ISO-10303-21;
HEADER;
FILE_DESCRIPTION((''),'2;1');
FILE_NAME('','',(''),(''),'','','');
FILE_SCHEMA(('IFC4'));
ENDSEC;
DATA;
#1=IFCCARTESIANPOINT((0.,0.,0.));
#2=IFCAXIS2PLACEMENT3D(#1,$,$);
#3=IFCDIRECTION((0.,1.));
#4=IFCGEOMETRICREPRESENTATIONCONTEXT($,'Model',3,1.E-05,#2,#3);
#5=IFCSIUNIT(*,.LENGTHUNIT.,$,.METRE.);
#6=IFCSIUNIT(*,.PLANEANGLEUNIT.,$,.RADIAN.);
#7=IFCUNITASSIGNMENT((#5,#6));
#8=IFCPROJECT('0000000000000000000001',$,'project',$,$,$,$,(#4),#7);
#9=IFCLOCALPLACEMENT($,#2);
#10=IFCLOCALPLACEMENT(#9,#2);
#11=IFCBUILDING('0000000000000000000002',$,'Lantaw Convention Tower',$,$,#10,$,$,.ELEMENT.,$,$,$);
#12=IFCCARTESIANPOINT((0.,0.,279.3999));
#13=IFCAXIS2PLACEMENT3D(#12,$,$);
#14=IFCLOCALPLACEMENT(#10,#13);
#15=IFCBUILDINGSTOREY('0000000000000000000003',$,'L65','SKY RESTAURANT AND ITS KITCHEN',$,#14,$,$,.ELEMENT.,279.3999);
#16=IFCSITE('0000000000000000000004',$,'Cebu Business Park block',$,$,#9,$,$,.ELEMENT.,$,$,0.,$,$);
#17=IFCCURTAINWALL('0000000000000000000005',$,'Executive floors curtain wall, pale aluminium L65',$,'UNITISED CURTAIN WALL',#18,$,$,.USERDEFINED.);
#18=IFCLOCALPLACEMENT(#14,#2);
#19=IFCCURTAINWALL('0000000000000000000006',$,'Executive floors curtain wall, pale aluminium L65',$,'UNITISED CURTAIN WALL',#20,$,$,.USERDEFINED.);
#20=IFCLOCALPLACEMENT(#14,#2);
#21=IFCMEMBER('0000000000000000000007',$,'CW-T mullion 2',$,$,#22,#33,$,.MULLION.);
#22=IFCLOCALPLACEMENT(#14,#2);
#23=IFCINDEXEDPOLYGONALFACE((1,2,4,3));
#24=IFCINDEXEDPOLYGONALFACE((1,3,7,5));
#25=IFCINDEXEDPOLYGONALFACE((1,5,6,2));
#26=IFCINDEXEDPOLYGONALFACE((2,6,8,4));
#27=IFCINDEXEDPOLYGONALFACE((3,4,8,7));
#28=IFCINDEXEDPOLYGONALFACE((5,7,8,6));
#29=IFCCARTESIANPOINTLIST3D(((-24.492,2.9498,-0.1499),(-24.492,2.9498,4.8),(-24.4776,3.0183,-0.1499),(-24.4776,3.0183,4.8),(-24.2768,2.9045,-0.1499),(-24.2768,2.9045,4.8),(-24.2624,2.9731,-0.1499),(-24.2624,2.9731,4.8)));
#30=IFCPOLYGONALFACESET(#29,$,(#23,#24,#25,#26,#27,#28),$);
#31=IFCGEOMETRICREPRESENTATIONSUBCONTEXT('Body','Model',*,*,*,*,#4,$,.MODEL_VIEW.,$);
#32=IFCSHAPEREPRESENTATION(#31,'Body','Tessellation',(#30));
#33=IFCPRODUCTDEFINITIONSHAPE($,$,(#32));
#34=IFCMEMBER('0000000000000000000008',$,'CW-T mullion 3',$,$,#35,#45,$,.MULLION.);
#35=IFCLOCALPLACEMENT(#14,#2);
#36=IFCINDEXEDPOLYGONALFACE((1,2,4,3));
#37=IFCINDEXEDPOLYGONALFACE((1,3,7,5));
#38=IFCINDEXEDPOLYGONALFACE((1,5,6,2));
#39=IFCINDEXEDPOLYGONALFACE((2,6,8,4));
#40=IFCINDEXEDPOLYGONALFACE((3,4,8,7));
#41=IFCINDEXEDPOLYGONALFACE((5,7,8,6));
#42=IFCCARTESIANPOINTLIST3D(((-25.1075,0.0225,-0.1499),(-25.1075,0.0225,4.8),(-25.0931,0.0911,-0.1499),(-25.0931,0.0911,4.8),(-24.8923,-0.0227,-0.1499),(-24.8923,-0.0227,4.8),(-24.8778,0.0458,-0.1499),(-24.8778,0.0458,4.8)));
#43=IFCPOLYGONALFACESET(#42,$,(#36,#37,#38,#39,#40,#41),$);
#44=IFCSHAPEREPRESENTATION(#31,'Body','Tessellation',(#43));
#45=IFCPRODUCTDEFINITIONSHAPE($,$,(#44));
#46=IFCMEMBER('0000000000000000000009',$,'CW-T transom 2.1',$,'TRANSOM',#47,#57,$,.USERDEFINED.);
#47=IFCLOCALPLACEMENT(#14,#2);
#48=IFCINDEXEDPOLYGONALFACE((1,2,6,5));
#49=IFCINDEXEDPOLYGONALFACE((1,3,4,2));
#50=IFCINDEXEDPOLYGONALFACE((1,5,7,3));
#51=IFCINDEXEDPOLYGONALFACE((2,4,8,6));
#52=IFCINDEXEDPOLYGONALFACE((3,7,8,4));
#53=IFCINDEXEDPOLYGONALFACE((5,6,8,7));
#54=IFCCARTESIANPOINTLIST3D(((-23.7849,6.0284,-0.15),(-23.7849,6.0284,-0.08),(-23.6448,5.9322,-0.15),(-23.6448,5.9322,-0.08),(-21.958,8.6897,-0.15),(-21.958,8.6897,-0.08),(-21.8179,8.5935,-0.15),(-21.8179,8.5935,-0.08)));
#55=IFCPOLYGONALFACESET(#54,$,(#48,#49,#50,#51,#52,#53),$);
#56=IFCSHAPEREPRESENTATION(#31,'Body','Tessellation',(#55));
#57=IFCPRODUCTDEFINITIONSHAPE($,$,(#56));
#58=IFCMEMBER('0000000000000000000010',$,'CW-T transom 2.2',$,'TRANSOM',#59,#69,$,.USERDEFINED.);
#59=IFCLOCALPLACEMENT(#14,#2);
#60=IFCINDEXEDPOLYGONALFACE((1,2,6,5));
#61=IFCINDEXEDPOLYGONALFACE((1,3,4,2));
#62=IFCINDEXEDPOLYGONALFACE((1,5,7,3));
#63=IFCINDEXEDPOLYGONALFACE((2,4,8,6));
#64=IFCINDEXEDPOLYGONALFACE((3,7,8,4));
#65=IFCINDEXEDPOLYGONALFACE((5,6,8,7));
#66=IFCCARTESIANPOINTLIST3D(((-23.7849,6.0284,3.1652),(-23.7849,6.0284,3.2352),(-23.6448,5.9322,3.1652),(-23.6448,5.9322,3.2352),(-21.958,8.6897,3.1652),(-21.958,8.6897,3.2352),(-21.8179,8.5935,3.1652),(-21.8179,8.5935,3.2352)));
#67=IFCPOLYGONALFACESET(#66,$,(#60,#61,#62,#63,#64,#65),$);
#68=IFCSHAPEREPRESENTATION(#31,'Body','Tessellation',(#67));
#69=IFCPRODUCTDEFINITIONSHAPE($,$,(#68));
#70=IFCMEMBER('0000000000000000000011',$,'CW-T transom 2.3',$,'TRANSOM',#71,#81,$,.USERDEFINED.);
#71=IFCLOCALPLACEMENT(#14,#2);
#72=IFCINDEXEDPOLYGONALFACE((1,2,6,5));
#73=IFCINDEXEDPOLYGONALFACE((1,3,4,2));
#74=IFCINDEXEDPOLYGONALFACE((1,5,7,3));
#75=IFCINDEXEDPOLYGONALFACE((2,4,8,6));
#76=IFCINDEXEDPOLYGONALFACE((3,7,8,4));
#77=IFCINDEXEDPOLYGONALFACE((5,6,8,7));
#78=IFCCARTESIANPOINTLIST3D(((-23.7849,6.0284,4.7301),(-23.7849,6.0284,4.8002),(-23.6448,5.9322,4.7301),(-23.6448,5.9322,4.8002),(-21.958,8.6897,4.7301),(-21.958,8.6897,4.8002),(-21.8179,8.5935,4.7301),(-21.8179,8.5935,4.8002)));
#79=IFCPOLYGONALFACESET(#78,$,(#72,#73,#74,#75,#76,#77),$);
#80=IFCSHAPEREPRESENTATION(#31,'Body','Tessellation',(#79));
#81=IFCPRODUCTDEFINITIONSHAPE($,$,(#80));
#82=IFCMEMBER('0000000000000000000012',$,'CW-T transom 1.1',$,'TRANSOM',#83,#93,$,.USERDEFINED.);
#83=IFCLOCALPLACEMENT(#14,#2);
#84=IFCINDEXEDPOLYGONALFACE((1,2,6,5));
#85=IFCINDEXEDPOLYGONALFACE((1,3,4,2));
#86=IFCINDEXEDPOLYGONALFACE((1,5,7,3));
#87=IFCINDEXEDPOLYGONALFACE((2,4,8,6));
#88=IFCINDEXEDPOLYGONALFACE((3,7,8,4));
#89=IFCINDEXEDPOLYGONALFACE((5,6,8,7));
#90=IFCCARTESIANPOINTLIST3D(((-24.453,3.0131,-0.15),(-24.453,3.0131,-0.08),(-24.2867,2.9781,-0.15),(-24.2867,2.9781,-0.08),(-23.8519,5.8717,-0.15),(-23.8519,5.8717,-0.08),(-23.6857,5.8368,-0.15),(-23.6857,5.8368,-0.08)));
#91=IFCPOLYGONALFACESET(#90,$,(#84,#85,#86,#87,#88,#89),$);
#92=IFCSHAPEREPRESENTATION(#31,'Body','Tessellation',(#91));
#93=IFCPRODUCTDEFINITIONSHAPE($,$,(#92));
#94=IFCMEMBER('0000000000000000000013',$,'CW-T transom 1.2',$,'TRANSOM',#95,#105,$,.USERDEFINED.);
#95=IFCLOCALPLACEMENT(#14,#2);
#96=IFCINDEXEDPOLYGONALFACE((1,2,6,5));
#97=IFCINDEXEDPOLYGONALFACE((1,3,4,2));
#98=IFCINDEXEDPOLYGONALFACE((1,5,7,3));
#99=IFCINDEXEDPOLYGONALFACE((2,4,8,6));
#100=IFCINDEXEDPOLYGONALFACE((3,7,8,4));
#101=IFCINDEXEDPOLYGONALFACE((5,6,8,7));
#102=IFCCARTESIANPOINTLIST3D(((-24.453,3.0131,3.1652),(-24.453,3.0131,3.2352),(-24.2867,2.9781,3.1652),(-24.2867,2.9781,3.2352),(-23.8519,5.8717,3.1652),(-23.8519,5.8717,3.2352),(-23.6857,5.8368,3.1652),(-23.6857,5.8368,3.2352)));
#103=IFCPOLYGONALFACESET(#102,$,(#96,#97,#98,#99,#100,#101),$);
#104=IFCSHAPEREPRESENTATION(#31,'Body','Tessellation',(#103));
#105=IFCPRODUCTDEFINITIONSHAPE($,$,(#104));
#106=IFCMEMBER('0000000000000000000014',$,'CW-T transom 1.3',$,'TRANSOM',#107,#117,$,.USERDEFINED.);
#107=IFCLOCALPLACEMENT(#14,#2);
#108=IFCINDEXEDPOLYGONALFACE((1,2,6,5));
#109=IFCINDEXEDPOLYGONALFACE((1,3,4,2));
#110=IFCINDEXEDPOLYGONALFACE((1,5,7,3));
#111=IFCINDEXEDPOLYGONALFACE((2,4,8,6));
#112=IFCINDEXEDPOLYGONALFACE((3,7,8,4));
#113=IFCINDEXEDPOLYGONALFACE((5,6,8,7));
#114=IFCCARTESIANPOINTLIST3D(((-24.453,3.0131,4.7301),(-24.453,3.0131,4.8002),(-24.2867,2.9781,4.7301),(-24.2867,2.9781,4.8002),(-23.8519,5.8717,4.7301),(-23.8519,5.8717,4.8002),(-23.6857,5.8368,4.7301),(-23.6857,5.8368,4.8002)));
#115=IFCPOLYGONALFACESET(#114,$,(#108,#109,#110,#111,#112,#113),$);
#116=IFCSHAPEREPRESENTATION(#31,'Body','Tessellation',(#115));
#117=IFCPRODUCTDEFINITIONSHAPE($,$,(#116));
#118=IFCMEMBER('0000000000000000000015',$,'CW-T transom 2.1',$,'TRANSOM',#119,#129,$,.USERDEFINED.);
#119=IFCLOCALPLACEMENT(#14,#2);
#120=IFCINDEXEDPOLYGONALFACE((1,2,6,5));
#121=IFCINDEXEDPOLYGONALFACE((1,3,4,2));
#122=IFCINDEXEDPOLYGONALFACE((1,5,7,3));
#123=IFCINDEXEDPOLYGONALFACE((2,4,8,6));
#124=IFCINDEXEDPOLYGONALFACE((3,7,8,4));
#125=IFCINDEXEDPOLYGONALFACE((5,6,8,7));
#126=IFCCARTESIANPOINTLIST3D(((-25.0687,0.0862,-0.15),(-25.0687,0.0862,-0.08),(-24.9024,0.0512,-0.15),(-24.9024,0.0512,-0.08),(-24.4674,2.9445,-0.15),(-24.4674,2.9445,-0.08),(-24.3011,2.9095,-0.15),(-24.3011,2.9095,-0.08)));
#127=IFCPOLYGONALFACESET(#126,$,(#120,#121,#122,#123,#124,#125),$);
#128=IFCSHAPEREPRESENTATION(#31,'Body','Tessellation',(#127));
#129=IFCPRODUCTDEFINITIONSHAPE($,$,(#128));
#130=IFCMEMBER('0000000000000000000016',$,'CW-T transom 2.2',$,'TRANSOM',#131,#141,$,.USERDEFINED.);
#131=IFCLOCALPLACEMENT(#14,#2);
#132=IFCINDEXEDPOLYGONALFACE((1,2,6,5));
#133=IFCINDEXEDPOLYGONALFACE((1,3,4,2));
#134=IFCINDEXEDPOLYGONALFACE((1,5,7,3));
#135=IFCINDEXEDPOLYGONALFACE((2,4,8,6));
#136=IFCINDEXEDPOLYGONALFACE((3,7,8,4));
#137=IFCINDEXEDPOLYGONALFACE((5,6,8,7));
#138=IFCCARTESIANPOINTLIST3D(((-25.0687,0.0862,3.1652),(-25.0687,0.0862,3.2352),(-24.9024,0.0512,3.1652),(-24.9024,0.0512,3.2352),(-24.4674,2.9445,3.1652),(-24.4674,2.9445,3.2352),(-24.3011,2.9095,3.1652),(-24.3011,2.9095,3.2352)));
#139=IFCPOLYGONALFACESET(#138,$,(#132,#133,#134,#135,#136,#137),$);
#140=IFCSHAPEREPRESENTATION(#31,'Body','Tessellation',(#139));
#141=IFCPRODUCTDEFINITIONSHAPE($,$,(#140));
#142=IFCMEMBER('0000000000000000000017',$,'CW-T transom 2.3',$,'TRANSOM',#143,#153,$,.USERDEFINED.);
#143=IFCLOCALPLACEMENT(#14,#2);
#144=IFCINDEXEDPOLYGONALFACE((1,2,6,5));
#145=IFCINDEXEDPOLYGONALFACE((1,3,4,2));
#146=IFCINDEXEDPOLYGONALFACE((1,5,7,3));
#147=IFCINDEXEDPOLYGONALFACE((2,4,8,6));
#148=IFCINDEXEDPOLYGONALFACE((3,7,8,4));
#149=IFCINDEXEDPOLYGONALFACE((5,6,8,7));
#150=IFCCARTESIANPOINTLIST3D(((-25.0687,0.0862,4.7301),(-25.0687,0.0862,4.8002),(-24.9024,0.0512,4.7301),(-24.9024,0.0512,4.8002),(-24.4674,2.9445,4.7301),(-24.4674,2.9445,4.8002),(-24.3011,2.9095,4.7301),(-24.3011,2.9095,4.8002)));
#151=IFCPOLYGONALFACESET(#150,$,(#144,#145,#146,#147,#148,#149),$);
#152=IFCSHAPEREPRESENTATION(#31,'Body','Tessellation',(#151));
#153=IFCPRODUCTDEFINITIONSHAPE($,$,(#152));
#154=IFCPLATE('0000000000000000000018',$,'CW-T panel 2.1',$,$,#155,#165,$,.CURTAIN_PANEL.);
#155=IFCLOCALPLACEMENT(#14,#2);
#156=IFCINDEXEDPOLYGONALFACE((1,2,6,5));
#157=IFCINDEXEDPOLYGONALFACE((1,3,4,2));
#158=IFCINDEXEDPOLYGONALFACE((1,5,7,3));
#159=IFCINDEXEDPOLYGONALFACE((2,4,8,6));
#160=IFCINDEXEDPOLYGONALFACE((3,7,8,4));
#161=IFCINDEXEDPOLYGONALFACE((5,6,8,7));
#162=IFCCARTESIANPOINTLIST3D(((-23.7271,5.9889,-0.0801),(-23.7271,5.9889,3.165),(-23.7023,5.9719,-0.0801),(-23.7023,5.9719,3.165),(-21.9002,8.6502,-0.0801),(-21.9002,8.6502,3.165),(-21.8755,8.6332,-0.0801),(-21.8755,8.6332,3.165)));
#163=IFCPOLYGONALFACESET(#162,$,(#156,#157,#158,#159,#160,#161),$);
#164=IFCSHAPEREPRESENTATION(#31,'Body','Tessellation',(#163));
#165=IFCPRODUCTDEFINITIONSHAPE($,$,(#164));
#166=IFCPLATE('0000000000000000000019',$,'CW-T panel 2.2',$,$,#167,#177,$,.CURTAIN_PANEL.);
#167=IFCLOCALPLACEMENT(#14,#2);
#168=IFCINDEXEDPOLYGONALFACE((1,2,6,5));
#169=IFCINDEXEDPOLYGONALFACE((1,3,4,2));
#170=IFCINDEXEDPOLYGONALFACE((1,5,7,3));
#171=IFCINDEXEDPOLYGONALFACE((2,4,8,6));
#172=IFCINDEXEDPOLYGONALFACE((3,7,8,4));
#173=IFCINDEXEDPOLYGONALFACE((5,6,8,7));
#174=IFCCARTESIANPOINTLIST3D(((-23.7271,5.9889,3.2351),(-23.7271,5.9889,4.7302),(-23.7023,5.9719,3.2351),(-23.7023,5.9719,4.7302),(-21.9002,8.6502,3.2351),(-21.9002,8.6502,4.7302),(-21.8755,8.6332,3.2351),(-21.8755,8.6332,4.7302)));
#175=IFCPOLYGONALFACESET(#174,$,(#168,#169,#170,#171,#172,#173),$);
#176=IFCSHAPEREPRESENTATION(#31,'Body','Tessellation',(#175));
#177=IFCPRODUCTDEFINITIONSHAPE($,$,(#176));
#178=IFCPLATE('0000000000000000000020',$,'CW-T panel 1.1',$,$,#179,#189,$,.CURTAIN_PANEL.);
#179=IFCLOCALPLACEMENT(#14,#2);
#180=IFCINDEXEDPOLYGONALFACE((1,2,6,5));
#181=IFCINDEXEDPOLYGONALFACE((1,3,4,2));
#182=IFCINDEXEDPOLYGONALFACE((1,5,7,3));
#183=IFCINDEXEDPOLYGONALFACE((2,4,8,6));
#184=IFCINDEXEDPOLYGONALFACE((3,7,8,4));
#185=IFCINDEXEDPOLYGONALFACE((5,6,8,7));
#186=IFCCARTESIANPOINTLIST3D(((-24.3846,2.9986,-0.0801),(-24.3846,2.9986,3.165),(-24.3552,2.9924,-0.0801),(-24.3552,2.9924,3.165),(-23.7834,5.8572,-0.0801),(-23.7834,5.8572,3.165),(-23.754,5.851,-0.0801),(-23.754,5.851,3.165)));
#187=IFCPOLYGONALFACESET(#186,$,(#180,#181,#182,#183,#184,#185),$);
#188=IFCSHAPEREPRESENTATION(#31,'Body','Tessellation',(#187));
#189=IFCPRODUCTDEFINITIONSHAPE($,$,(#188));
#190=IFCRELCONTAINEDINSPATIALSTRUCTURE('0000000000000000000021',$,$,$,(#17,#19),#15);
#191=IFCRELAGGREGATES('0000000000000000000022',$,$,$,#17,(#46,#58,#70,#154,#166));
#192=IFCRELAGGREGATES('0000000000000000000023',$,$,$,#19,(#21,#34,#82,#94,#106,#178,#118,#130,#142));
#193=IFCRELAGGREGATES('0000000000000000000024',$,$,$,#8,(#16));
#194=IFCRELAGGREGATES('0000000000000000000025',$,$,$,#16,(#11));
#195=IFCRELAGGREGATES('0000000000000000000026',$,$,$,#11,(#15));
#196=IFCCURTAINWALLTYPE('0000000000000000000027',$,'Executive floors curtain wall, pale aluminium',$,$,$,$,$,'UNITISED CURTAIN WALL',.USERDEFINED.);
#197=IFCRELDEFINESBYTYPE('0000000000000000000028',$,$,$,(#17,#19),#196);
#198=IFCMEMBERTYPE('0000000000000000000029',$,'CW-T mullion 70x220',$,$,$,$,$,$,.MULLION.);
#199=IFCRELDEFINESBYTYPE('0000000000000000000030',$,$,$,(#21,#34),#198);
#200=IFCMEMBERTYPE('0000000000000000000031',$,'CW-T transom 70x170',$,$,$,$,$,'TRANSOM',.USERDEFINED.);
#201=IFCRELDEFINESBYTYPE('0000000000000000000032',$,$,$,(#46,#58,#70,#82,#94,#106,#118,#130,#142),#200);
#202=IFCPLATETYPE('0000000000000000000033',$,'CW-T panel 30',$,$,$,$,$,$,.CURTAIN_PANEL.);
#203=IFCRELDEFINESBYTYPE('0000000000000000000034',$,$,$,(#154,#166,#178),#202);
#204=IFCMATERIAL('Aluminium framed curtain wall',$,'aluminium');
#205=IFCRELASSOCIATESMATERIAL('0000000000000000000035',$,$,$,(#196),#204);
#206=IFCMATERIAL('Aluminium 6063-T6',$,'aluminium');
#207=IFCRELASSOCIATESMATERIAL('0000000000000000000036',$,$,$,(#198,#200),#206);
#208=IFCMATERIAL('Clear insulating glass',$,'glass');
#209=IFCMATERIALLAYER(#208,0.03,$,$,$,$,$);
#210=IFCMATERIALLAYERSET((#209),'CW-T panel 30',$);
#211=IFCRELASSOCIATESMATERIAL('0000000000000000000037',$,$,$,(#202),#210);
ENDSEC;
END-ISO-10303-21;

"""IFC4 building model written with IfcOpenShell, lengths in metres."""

from ifc_helpers import new_model, si_unit, direction, frame, origin, origin_2d, place, context, subcontext, project, spatial, rectangle, extrude, material, layer, layer_set, material_profile, profile_set, type_object, element, aggregate, save


model = new_model("IFC4")

# Units and contexts
model_context = context("Model", 3, precision=1e-05, world=origin(), true_north=direction((0.0, 1.0)))
body_context = subcontext(model_context, "Body", "Model", "MODEL_VIEW")
ifc_project = project(units=[si_unit("LENGTHUNIT", "METRE"), si_unit("PLANEANGLEUNIT", "RADIAN")], contexts=[model_context])

# Site, building, storey
site_placement = place(None, origin())
site = spatial("IfcSite", under=ifc_project, at=site_placement, Name="Cebu Business Park block", CompositionType="ELEMENT", RefElevation=0.0)
building_placement = place(site_placement, origin())
building = spatial("IfcBuilding", under=site, at=building_placement, Name="Lantaw Convention Tower", CompositionType="ELEMENT")
storey_placement = place(building_placement, frame((0.0, 0.0, 279.3999)))
storey = spatial("IfcBuildingStorey", under=building, at=storey_placement, Name="L65", Description="SKY RESTAURANT AND ITS KITCHEN", CompositionType="ELEMENT", Elevation=279.3999)

# Curtain walls, members
ifc_material_1 = material(Name="Aluminium framed curtain wall", Category="aluminium")
curtain_wall_type = type_object("IfcCurtainWallType", Name="Executive floors curtain wall, pale aluminium", ElementType="UNITISED CURTAIN WALL", PredefinedType="USERDEFINED", material=ifc_material_1)
curtain_wall_1_placement = place(storey_placement, origin())
curtain_wall_1 = element("IfcCurtainWall", 1, at=curtain_wall_1_placement, inside=storey, type_object=curtain_wall_type, Name="Executive floors curtain wall, pale aluminium L65", ObjectType="UNITISED CURTAIN WALL", PredefinedType="USERDEFINED")
ifc_material_2 = material(Name="Aluminium 6063-T6", Category="aluminium")
ifc_material_profile_1 = material_profile(ifc_material_2, rectangle(XDim=0.22, YDim=0.0701, at=origin_2d()), Name="CW-T mullion 70x220")
ifc_profile_set_1 = profile_set([ifc_material_profile_1], Name="Aluminium 6063-T6")
member_type_1 = type_object("IfcMemberType", Name="CW-T mullion 70x220", PredefinedType="MULLION", material=ifc_profile_set_1)
curtain_wall_2_placement = place(storey_placement, origin())
curtain_wall_2 = element("IfcCurtainWall", 2, at=curtain_wall_2_placement, inside=storey, type_object=curtain_wall_type, Name="Executive floors curtain wall, pale aluminium L65", ObjectType="UNITISED CURTAIN WALL", PredefinedType="USERDEFINED")
member_1_placement = place(storey_placement, frame((-24.3772, 2.9614, -0.1499), z_axis=(0.0, 0.0, 1.0), x_axis=(0.978591, -0.205814, 0.0)))
member_1 = element("IfcMember", 3, at=member_1_placement, type_object=member_type_1, Name="CW-T mullion 2", PredefinedType="MULLION", context=body_context, shape_type="SweptSolid", body=[
    extrude(rectangle(XDim=0.22, YDim=0.0701, at=origin_2d()), origin(), (0.0, 0.0, 1.0), 4.95),
])
member_2_placement = place(storey_placement, frame((-24.9927, 0.0342, -0.1499), z_axis=(0.0, 0.0, 1.0), x_axis=(0.978591, -0.205814, 0.0)))
member_2 = element("IfcMember", 4, at=member_2_placement, type_object=member_type_1, Name="CW-T mullion 3", PredefinedType="MULLION", context=body_context, shape_type="SweptSolid", body=[
    extrude(rectangle(XDim=0.22, YDim=0.0701, at=origin_2d()), origin(), (0.0, 0.0, 1.0), 4.95),
])

# Members
ifc_material_profile_2 = material_profile(ifc_material_2, rectangle(XDim=0.1699, YDim=0.0701, at=origin_2d()), Name="CW-T transom 70x170")
ifc_profile_set_2 = profile_set([ifc_material_profile_2], Name="Aluminium 6063-T6")
member_type_2 = type_object("IfcMemberType", Name="CW-T transom 70x170", ElementType="TRANSOM", PredefinedType="USERDEFINED", material=ifc_profile_set_2)
member_3_placement = place(storey_placement, frame((-21.8879, 8.6416, -0.115), z_axis=(-0.565941, -0.824446, 0.0), x_axis=(0.824446, -0.565941, 0.0)))
member_3 = element("IfcMember", 5, at=member_3_placement, type_object=member_type_2, Name="CW-T transom 2.1", ObjectType="TRANSOM", PredefinedType="USERDEFINED", context=body_context, shape_type="SweptSolid", body=[
    extrude(rectangle(XDim=0.1699, YDim=0.0701, at=origin_2d()), origin(), (0.0, 0.0, 1.0), 3.228),
])
member_4_placement = place(storey_placement, frame((-21.8879, 8.6416, 3.2002), z_axis=(-0.565941, -0.824446, 0.0), x_axis=(0.824446, -0.565941, 0.0)))
member_4 = element("IfcMember", 6, at=member_4_placement, type_object=member_type_2, Name="CW-T transom 2.2", ObjectType="TRANSOM", PredefinedType="USERDEFINED", context=body_context, shape_type="SweptSolid", body=[
    extrude(rectangle(XDim=0.1699, YDim=0.0701, at=origin_2d()), origin(), (0.0, 0.0, 1.0), 3.228),
])
member_5_placement = place(storey_placement, frame((-21.8879, 8.6416, 4.7651), z_axis=(-0.565941, -0.824446, 0.0), x_axis=(0.824446, -0.565941, 0.0)))
member_5 = element("IfcMember", 7, at=member_5_placement, type_object=member_type_2, Name="CW-T transom 2.3", ObjectType="TRANSOM", PredefinedType="USERDEFINED", context=body_context, shape_type="SweptSolid", body=[
    extrude(rectangle(XDim=0.1699, YDim=0.0701, at=origin_2d()), origin(), (0.0, 0.0, 1.0), 3.228),
])
member_6_placement = place(storey_placement, frame((-23.7688, 5.8542, -0.115), z_axis=(-0.205766, -0.978601, 0.0), x_axis=(0.978601, -0.205766, 0.0)))
member_6 = element("IfcMember", 8, at=member_6_placement, type_object=member_type_2, Name="CW-T transom 1.1", ObjectType="TRANSOM", PredefinedType="USERDEFINED", context=body_context, shape_type="SweptSolid", body=[
    extrude(rectangle(XDim=0.1699, YDim=0.0701, at=origin_2d()), origin(), (0.0, 0.0, 1.0), 2.9211),
])
member_7_placement = place(storey_placement, frame((-23.7688, 5.8542, 3.2002), z_axis=(-0.205766, -0.978601, 0.0), x_axis=(0.978601, -0.205766, 0.0)))
member_7 = element("IfcMember", 9, at=member_7_placement, type_object=member_type_2, Name="CW-T transom 1.2", ObjectType="TRANSOM", PredefinedType="USERDEFINED", context=body_context, shape_type="SweptSolid", body=[
    extrude(rectangle(XDim=0.1699, YDim=0.0701, at=origin_2d()), origin(), (0.0, 0.0, 1.0), 2.9211),
])
member_8_placement = place(storey_placement, frame((-23.7688, 5.8542, 4.7651), z_axis=(-0.205766, -0.978601, 0.0), x_axis=(0.978601, -0.205766, 0.0)))
member_8 = element("IfcMember", 10, at=member_8_placement, type_object=member_type_2, Name="CW-T transom 1.3", ObjectType="TRANSOM", PredefinedType="USERDEFINED", context=body_context, shape_type="SweptSolid", body=[
    extrude(rectangle(XDim=0.1699, YDim=0.0701, at=origin_2d()), origin(), (0.0, 0.0, 1.0), 2.9211),
])
member_9_placement = place(storey_placement, frame((-24.3843, 2.927, -0.115), z_axis=(-0.205863, -0.978581, 0.0), x_axis=(0.978581, -0.205863, 0.0)))
member_9 = element("IfcMember", 11, at=member_9_placement, type_object=member_type_2, Name="CW-T transom 2.1", ObjectType="TRANSOM", PredefinedType="USERDEFINED", context=body_context, shape_type="SweptSolid", body=[
    extrude(rectangle(XDim=0.1699, YDim=0.0701, at=origin_2d()), origin(), (0.0, 0.0, 1.0), 2.9209),
])
member_10_placement = place(storey_placement, frame((-24.3843, 2.927, 3.2002), z_axis=(-0.205863, -0.978581, 0.0), x_axis=(0.978581, -0.205863, 0.0)))
member_10 = element("IfcMember", 12, at=member_10_placement, type_object=member_type_2, Name="CW-T transom 2.2", ObjectType="TRANSOM", PredefinedType="USERDEFINED", context=body_context, shape_type="SweptSolid", body=[
    extrude(rectangle(XDim=0.1699, YDim=0.0701, at=origin_2d()), origin(), (0.0, 0.0, 1.0), 2.9209),
])
member_11_placement = place(storey_placement, frame((-24.3843, 2.927, 4.7651), z_axis=(-0.205863, -0.978581, 0.0), x_axis=(0.978581, -0.205863, 0.0)))
member_11 = element("IfcMember", 13, at=member_11_placement, type_object=member_type_2, Name="CW-T transom 2.3", ObjectType="TRANSOM", PredefinedType="USERDEFINED", context=body_context, shape_type="SweptSolid", body=[
    extrude(rectangle(XDim=0.1699, YDim=0.0701, at=origin_2d()), origin(), (0.0, 0.0, 1.0), 2.9209),
])

# Plates
ifc_material_3 = material(Name="Clear insulating glass", Category="glass")
ifc_layer_1 = layer(ifc_material_3, 0.03)
ifc_layer_set_1 = layer_set([ifc_layer_1], Name="CW-T panel 30")
plate_type_1 = type_object("IfcPlateType", Name="CW-T panel 30", PredefinedType="CURTAIN_PANEL", material=ifc_layer_set_1)
plate_1_placement = place(storey_placement, frame((-22.8013, 7.311, -0.0801), z_axis=(0.0, 0.0, 1.0), x_axis=(-0.565935, -0.82445, 0.0)))
plate_1 = element("IfcPlate", 14, at=plate_1_placement, type_object=plate_type_1, Name="CW-T panel 2.1", PredefinedType="CURTAIN_PANEL", context=body_context, shape_type="SweptSolid", body=[
    extrude(rectangle(XDim=3.228, YDim=0.03, at=origin_2d()), origin(), (0.0, 0.0, 1.0), 3.2451),
])
plate_2_placement = place(storey_placement, frame((-22.8013, 7.311, 3.2351), z_axis=(0.0, 0.0, 1.0), x_axis=(-0.565935, -0.82445, 0.0)))
plate_2 = element("IfcPlate", 15, at=plate_2_placement, type_object=plate_type_1, Name="CW-T panel 2.2", PredefinedType="CURTAIN_PANEL", context=body_context, shape_type="SweptSolid", body=[
    extrude(rectangle(XDim=3.228, YDim=0.03, at=origin_2d()), origin(), (0.0, 0.0, 1.0), 1.4951),
])
aggregate(curtain_wall_1, [member_3, member_4, member_5, plate_1, plate_2])
plate_3_placement = place(storey_placement, frame((-24.0693, 4.4248, -0.0801), z_axis=(0.0, 0.0, 1.0), x_axis=(-0.205814, -0.978591, 0.0)))
plate_3 = element("IfcPlate", 16, at=plate_3_placement, type_object=plate_type_1, Name="CW-T panel 1.1", PredefinedType="CURTAIN_PANEL", context=body_context, shape_type="SweptSolid", body=[
    extrude(rectangle(XDim=2.9211, YDim=0.03, at=origin_2d()), origin(), (0.0, 0.0, 1.0), 3.2451),
])
aggregate(curtain_wall_2, [member_1, member_2, member_6, member_7, member_8, plate_3, member_9, member_10, member_11])

save(model, "model.ifc")
